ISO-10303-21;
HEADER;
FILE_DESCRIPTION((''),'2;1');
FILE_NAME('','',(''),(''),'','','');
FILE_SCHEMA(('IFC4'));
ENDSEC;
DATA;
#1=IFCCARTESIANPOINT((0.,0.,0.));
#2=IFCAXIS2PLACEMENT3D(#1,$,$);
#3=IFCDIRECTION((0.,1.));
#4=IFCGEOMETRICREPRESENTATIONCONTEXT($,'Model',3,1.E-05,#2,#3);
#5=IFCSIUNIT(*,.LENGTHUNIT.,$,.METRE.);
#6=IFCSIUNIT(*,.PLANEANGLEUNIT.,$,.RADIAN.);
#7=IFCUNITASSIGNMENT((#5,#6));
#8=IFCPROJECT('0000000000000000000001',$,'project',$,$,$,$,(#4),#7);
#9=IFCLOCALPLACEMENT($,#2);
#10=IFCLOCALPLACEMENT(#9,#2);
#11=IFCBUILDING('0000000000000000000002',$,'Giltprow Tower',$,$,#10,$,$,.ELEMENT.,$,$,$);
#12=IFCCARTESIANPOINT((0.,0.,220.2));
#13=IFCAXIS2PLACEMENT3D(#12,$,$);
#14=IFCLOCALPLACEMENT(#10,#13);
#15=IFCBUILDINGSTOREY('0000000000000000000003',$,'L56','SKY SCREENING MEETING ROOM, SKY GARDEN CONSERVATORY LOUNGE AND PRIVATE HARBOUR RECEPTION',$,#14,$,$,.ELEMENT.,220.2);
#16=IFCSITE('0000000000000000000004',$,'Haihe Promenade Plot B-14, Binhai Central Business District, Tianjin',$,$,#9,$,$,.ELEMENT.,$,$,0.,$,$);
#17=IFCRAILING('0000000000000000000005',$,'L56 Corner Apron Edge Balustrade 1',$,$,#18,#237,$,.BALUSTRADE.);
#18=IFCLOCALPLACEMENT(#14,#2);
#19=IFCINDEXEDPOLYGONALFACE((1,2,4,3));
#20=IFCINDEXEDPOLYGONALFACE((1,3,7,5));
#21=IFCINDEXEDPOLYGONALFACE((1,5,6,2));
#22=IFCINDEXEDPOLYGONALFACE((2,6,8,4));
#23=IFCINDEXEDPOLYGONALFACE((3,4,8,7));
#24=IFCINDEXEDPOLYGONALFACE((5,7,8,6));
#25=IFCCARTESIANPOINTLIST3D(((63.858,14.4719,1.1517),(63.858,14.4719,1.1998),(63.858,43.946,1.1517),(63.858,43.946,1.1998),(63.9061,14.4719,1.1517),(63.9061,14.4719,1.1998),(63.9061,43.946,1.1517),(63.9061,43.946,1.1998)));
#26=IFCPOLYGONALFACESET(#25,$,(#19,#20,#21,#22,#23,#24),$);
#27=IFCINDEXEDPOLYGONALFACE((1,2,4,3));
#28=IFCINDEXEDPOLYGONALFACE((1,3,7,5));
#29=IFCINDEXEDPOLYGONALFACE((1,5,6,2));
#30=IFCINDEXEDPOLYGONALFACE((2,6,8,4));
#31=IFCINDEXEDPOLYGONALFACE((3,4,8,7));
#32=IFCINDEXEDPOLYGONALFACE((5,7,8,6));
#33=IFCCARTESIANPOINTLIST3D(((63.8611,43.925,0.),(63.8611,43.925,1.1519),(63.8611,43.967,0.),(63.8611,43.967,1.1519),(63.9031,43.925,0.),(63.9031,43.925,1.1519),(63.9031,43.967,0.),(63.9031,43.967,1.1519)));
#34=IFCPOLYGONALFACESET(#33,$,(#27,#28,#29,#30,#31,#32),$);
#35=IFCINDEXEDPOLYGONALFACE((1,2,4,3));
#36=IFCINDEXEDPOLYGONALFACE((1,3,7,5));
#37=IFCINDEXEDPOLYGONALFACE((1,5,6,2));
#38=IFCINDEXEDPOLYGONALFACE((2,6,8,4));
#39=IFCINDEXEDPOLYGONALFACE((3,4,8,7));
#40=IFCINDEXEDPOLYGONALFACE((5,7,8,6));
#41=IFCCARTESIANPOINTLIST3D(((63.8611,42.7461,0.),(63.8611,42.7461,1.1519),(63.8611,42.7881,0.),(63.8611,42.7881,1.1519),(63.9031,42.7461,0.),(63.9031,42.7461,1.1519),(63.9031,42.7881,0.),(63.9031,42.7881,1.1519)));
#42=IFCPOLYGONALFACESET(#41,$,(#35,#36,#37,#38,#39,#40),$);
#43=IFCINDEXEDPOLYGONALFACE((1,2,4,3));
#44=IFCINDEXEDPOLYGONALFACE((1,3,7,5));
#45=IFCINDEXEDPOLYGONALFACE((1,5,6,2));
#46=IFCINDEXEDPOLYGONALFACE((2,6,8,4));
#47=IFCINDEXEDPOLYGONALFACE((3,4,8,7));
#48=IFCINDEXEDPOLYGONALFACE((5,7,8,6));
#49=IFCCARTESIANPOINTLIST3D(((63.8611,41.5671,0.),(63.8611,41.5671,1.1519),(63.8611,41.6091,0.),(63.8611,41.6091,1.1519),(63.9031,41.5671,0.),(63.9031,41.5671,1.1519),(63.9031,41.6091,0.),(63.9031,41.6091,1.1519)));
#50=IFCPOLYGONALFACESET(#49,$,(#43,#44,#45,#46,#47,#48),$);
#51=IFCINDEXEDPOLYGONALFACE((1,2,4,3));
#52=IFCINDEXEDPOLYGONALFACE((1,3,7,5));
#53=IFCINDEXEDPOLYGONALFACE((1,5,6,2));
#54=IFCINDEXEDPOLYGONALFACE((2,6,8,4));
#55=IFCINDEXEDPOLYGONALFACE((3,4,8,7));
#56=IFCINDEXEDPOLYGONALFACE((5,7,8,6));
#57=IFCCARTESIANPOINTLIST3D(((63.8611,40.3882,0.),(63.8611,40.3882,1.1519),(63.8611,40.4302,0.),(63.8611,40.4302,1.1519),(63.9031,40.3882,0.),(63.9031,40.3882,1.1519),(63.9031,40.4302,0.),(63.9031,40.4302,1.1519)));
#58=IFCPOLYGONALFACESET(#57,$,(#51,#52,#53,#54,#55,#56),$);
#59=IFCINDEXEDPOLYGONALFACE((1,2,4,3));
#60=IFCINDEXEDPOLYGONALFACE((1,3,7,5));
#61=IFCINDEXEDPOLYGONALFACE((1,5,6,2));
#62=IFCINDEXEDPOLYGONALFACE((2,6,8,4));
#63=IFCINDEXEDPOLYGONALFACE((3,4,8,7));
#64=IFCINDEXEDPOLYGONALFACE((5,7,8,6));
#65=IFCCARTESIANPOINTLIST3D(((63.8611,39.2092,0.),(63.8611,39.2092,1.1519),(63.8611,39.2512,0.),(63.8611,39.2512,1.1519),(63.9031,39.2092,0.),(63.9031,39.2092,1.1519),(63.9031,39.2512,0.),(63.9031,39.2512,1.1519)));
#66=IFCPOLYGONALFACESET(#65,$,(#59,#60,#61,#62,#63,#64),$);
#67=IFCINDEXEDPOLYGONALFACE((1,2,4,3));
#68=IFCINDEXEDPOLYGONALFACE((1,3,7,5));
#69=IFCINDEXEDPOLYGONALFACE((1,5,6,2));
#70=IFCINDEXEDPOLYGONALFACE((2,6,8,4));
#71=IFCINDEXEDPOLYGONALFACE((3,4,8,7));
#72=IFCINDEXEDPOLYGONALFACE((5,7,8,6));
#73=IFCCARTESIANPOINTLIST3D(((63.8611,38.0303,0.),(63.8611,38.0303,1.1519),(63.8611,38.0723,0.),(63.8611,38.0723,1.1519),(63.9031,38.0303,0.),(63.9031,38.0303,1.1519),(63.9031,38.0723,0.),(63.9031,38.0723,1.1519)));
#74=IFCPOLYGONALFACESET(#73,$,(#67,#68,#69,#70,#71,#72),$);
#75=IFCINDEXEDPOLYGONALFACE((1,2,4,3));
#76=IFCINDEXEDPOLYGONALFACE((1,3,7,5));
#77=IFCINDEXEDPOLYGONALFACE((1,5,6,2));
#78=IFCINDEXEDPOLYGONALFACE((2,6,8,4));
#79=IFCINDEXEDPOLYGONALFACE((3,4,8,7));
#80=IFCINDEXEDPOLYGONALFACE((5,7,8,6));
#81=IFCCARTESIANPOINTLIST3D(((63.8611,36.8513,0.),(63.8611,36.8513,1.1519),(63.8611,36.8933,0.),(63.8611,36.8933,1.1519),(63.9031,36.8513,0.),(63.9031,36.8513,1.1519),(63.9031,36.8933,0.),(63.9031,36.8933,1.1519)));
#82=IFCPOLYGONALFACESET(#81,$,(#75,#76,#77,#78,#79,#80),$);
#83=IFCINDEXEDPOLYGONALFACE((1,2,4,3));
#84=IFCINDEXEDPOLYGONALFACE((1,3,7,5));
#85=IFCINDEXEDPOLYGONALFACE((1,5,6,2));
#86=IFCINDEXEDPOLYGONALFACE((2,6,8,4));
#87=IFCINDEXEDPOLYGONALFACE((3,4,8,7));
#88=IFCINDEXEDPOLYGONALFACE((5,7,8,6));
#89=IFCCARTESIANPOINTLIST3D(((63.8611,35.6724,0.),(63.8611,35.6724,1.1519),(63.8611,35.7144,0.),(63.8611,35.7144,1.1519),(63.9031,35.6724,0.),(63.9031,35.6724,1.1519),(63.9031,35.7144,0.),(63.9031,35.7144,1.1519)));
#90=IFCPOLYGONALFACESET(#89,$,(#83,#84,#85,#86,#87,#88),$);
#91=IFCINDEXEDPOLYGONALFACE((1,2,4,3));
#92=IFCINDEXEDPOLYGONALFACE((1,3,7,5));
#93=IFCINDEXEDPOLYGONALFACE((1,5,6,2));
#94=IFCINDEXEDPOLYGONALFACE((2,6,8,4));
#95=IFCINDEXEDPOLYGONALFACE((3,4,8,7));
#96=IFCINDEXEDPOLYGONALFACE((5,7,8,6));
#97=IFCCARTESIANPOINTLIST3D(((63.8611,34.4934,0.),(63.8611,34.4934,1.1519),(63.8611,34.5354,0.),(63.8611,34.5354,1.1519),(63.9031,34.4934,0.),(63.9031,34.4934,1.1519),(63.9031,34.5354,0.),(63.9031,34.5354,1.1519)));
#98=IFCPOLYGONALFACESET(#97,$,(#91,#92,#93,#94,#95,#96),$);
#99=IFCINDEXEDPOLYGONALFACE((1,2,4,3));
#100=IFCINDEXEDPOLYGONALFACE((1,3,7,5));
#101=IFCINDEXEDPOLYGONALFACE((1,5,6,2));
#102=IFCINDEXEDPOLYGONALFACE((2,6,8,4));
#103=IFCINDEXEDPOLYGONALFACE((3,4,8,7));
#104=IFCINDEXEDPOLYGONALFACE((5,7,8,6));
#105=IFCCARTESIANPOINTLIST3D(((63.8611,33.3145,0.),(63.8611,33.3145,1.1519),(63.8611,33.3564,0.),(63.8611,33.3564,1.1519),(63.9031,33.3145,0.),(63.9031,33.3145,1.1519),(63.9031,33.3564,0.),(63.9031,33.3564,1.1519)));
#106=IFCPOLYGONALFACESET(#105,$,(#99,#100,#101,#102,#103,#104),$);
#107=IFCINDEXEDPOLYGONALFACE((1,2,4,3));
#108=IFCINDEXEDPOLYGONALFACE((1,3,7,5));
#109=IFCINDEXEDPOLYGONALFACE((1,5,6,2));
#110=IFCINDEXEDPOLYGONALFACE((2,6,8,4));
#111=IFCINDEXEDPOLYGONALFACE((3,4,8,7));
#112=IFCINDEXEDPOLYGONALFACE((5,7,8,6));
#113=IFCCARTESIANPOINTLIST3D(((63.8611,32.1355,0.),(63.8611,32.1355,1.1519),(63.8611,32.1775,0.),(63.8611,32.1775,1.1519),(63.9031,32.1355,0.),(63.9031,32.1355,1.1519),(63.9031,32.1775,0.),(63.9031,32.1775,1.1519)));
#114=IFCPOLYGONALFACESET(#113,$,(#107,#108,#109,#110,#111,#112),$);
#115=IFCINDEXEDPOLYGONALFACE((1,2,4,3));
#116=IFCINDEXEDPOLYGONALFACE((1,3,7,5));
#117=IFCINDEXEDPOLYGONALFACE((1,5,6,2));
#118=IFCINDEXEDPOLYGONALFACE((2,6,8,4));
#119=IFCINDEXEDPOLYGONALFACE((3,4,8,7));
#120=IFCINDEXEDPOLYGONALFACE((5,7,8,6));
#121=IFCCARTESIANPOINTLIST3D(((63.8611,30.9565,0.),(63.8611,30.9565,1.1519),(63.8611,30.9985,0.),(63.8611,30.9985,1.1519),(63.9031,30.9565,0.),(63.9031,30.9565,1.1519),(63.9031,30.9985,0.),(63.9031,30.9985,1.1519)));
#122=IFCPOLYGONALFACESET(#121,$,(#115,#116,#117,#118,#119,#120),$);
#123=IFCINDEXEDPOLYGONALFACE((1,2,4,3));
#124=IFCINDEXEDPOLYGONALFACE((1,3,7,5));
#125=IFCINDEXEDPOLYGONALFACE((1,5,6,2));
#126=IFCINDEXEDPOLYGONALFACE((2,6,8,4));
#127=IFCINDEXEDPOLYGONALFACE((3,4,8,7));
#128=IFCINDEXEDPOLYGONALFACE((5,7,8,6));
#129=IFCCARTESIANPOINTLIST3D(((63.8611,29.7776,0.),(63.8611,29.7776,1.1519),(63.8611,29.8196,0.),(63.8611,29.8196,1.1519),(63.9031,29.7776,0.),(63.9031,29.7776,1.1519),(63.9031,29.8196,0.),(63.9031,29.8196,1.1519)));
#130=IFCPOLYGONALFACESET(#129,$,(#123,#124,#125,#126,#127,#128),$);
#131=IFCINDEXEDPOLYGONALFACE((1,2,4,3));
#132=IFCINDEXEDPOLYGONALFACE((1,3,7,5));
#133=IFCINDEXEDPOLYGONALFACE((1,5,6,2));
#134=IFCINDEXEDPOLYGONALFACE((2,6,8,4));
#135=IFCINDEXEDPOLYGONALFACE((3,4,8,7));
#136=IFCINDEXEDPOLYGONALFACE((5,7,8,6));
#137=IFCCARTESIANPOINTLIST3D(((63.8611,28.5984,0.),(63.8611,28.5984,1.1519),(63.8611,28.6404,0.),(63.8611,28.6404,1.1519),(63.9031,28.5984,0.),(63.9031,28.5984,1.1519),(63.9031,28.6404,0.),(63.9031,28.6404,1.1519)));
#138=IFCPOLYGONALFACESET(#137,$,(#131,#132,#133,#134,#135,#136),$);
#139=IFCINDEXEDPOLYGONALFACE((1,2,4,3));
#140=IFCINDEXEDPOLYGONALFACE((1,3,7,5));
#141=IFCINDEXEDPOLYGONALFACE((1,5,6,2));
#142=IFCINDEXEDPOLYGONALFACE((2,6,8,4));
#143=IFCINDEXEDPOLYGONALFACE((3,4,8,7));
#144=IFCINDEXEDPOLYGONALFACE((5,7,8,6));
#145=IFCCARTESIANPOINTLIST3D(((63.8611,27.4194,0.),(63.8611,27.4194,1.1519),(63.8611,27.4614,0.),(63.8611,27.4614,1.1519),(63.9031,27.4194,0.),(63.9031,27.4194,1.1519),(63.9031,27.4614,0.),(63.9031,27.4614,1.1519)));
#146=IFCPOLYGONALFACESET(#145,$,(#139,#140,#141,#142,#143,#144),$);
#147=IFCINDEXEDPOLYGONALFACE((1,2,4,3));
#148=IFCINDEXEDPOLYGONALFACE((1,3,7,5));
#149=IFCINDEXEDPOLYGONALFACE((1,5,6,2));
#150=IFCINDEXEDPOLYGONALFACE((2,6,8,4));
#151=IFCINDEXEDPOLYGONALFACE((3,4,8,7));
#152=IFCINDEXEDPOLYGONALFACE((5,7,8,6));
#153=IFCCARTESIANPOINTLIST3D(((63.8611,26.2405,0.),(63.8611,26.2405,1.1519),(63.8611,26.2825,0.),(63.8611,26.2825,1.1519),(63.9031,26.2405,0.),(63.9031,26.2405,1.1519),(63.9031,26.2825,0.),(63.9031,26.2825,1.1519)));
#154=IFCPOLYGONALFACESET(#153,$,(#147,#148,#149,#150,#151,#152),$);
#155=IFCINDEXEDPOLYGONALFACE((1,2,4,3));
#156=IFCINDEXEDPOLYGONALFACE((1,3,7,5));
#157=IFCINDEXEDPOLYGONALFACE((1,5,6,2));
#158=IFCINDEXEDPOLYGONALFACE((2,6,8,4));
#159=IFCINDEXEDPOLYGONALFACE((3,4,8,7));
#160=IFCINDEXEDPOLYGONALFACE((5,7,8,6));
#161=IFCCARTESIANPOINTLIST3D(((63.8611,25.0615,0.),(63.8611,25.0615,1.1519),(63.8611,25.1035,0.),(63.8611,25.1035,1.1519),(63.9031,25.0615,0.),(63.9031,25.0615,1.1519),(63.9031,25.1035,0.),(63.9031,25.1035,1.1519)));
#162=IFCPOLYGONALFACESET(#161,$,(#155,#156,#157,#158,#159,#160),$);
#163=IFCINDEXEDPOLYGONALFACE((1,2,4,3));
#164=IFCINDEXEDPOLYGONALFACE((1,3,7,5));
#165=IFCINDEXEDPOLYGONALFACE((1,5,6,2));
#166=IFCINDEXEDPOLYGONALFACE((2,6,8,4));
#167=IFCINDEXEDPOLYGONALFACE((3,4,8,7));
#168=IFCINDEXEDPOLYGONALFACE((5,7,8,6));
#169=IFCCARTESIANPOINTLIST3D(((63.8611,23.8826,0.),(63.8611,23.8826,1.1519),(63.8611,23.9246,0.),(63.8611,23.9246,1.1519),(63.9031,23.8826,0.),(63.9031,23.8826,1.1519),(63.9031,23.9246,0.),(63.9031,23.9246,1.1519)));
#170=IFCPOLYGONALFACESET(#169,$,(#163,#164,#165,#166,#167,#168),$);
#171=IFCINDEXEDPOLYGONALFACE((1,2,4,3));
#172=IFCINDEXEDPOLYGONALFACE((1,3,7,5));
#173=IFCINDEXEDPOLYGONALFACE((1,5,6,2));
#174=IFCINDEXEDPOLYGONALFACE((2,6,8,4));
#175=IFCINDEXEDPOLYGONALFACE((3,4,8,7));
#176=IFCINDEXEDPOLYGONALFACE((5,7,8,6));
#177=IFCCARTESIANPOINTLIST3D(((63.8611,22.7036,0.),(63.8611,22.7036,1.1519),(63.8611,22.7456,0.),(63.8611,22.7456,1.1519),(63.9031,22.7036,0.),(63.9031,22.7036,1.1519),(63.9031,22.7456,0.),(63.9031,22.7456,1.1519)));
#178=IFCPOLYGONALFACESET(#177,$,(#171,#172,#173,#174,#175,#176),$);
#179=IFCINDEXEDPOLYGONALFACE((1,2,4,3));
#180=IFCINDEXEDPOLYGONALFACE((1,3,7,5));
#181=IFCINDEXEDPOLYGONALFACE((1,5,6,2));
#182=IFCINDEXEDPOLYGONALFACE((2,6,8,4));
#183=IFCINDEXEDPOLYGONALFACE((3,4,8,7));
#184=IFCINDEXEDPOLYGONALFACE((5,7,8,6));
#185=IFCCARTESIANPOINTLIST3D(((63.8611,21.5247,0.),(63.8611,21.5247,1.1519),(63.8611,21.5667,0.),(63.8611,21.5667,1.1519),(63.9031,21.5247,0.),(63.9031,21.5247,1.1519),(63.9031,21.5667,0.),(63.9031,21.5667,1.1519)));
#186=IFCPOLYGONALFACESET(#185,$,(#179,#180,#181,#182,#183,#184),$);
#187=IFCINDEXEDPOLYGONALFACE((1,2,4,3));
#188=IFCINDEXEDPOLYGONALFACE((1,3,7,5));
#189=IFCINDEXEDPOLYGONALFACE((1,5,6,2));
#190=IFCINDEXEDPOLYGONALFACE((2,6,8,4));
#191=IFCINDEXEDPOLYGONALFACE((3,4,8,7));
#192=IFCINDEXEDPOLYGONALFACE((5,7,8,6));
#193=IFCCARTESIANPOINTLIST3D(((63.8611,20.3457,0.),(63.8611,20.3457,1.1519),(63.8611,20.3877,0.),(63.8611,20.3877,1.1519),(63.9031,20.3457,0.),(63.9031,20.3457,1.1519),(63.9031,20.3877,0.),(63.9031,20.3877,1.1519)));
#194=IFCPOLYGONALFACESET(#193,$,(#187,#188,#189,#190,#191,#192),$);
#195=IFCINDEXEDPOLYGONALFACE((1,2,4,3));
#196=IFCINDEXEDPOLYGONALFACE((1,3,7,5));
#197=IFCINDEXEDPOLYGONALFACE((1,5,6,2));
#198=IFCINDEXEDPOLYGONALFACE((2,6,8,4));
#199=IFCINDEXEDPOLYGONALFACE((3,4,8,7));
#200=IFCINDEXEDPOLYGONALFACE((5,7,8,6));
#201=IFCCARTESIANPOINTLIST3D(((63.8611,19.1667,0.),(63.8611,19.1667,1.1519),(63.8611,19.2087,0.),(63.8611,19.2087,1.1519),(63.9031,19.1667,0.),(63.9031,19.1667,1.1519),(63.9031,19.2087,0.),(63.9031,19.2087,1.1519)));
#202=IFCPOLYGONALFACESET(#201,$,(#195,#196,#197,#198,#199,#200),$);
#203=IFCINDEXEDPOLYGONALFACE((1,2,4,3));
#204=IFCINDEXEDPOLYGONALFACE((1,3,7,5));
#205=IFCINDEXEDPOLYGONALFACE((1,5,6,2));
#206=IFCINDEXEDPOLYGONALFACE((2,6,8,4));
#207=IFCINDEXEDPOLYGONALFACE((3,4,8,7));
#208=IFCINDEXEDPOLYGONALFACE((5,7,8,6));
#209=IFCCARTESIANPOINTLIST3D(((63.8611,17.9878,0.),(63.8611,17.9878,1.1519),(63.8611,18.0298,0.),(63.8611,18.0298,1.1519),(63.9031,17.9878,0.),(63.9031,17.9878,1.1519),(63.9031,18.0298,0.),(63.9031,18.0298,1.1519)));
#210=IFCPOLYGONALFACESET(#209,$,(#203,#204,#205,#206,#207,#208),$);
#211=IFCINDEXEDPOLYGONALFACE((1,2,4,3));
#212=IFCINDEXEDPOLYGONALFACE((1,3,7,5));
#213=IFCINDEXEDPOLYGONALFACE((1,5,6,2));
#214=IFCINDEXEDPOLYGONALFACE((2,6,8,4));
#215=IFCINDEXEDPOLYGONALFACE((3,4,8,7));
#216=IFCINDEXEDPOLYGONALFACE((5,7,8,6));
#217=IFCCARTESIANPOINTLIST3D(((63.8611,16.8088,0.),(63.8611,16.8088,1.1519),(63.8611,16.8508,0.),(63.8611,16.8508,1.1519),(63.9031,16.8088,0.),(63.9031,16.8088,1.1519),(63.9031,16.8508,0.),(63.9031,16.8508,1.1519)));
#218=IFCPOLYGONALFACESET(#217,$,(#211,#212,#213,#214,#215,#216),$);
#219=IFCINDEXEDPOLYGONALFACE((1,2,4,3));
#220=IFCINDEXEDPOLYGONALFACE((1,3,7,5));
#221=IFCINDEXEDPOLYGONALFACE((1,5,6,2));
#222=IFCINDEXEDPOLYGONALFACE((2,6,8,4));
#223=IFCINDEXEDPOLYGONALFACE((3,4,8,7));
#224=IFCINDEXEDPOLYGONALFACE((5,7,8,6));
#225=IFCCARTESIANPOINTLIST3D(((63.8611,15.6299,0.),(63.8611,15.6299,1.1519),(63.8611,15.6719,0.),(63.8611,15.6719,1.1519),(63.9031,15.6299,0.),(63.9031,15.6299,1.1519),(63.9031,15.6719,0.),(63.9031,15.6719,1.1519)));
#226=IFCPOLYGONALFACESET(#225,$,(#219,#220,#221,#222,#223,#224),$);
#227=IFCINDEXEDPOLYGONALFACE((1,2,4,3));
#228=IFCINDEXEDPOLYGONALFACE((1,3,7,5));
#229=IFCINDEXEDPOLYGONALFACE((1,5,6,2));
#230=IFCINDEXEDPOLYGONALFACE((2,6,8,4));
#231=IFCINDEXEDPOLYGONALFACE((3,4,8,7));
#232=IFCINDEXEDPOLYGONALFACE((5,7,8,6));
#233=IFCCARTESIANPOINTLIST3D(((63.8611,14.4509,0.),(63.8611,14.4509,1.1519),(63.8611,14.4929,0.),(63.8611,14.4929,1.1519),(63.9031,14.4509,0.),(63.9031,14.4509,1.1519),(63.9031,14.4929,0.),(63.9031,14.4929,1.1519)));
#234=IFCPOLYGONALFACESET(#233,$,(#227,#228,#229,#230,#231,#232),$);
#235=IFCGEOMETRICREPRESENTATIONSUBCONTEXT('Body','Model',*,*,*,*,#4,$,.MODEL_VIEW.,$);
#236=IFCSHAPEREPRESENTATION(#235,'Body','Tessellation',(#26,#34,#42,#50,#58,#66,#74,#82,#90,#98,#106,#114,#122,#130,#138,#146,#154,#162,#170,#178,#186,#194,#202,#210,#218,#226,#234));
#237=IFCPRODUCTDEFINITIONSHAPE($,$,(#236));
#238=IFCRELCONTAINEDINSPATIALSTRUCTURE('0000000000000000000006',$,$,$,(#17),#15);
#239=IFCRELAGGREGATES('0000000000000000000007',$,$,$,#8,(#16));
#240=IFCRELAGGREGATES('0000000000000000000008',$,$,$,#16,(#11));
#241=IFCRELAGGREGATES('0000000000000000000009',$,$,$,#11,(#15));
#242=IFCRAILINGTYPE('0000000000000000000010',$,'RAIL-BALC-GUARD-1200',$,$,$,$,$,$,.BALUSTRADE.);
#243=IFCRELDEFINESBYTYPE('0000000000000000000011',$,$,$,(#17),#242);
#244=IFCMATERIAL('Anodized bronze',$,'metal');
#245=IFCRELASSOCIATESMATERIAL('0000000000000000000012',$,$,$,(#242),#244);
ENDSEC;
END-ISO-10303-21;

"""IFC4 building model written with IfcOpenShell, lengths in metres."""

from ifc_helpers import new_model, si_unit, direction, frame, origin, origin_2d, place, context, subcontext, project, spatial, rectangle, extrude, material, type_object, element, save


model = new_model("IFC4")

# Units and contexts
model_context = context("Model", 3, precision=1e-05, world=origin(), true_north=direction((0.0, 1.0)))
body_context = subcontext(model_context, "Body", "Model", "MODEL_VIEW")
ifc_project = project(units=[si_unit("LENGTHUNIT", "METRE"), si_unit("PLANEANGLEUNIT", "RADIAN")], contexts=[model_context])

# Site, building, storey
site_placement = place(None, origin())
site = spatial("IfcSite", under=ifc_project, at=site_placement, Name="Haihe Promenade Plot B-14, Binhai Central Business District, Tianjin", CompositionType="ELEMENT", RefElevation=0.0)
building_placement = place(site_placement, origin())
building = spatial("IfcBuilding", under=site, at=building_placement, Name="Giltprow Tower", CompositionType="ELEMENT")
storey_placement = place(building_placement, frame((0.0, 0.0, 220.2)))
storey = spatial("IfcBuildingStorey", under=building, at=storey_placement, Name="L56", Description="SKY SCREENING MEETING ROOM, SKY GARDEN CONSERVATORY LOUNGE AND PRIVATE HARBOUR RECEPTION", CompositionType="ELEMENT", Elevation=220.2)

# Railing
ifc_material_1 = material(Name="Anodized bronze", Category="metal")
railing_type_1 = type_object("IfcRailingType", Name="RAIL-BALC-GUARD-1200", PredefinedType="BALUSTRADE", material=ifc_material_1)
railing_1_placement = place(storey_placement, frame((63.8821, 43.946, 0.0)))
element("IfcRailing", 1, at=railing_1_placement, inside=storey, type_object=railing_type_1, Name="L56 Corner Apron Edge Balustrade 1", PredefinedType="BALUSTRADE", context=body_context, shape_type="SweptSolid", body=[
    extrude(rectangle(XDim=0.0481, YDim=0.0481, at=origin_2d()), frame((0.0, 0.0, 1.1758), z_axis=(0.0, -1.0, 0.0), x_axis=(1.0, 0.0, 0.0)), (0.0, 0.0, 1.0), 29.4741),
    extrude(rectangle(XDim=0.042, YDim=0.042, at=origin_2d()), origin(), (0.0, 0.0, 1.0), 1.1519),
    extrude(rectangle(XDim=0.042, YDim=0.042, at=origin_2d()), frame((0.0, -1.179, 0.0)), (0.0, 0.0, 1.0), 1.1519),
    extrude(rectangle(XDim=0.042, YDim=0.042, at=origin_2d()), frame((0.0, -2.3579, 0.0)), (0.0, 0.0, 1.0), 1.1519),
    extrude(rectangle(XDim=0.042, YDim=0.042, at=origin_2d()), frame((0.0, -3.5369, 0.0)), (0.0, 0.0, 1.0), 1.1519),
    extrude(rectangle(XDim=0.042, YDim=0.042, at=origin_2d()), frame((0.0, -4.7158, 0.0)), (0.0, 0.0, 1.0), 1.1519),
    extrude(rectangle(XDim=0.042, YDim=0.042, at=origin_2d()), frame((0.0, -5.8948, 0.0)), (0.0, 0.0, 1.0), 1.1519),
    extrude(rectangle(XDim=0.042, YDim=0.042, at=origin_2d()), frame((0.0, -7.0737, 0.0)), (0.0, 0.0, 1.0), 1.1519),
    extrude(rectangle(XDim=0.042, YDim=0.042, at=origin_2d()), frame((0.0, -8.2527, 0.0)), (0.0, 0.0, 1.0), 1.1519),
    extrude(rectangle(XDim=0.042, YDim=0.042, at=origin_2d()), frame((0.0, -9.4316, 0.0)), (0.0, 0.0, 1.0), 1.1519),
    extrude(rectangle(XDim=0.042, YDim=0.042, at=origin_2d()), frame((0.0, -10.6106, 0.0)), (0.0, 0.0, 1.0), 1.1519),
    extrude(rectangle(XDim=0.042, YDim=0.042, at=origin_2d()), frame((0.0, -11.7896, 0.0)), (0.0, 0.0, 1.0), 1.1519),
    extrude(rectangle(XDim=0.042, YDim=0.042, at=origin_2d()), frame((0.0, -12.9685, 0.0)), (0.0, 0.0, 1.0), 1.1519),
    extrude(rectangle(XDim=0.042, YDim=0.042, at=origin_2d()), frame((0.0, -14.1475, 0.0)), (0.0, 0.0, 1.0), 1.1519),
    extrude(rectangle(XDim=0.042, YDim=0.042, at=origin_2d()), frame((0.0, -15.3267, 0.0)), (0.0, 0.0, 1.0), 1.1519),
    extrude(rectangle(XDim=0.042, YDim=0.042, at=origin_2d()), frame((0.0, -16.5056, 0.0)), (0.0, 0.0, 1.0), 1.1519),
    extrude(rectangle(XDim=0.042, YDim=0.042, at=origin_2d()), frame((0.0, -17.6846, 0.0)), (0.0, 0.0, 1.0), 1.1519),
    extrude(rectangle(XDim=0.042, YDim=0.042, at=origin_2d()), frame((0.0, -18.8635, 0.0)), (0.0, 0.0, 1.0), 1.1519),
    extrude(rectangle(XDim=0.042, YDim=0.042, at=origin_2d()), frame((0.0, -20.0425, 0.0)), (0.0, 0.0, 1.0), 1.1519),
    extrude(rectangle(XDim=0.042, YDim=0.042, at=origin_2d()), frame((0.0, -21.2214, 0.0)), (0.0, 0.0, 1.0), 1.1519),
    extrude(rectangle(XDim=0.042, YDim=0.042, at=origin_2d()), frame((0.0, -22.4004, 0.0)), (0.0, 0.0, 1.0), 1.1519),
    extrude(rectangle(XDim=0.042, YDim=0.042, at=origin_2d()), frame((0.0, -23.5793, 0.0)), (0.0, 0.0, 1.0), 1.1519),
    extrude(rectangle(XDim=0.042, YDim=0.042, at=origin_2d()), frame((0.0, -24.7583, 0.0)), (0.0, 0.0, 1.0), 1.1519),
    extrude(rectangle(XDim=0.042, YDim=0.042, at=origin_2d()), frame((0.0, -25.9373, 0.0)), (0.0, 0.0, 1.0), 1.1519),
    extrude(rectangle(XDim=0.042, YDim=0.042, at=origin_2d()), frame((0.0, -27.1162, 0.0)), (0.0, 0.0, 1.0), 1.1519),
    extrude(rectangle(XDim=0.042, YDim=0.042, at=origin_2d()), frame((0.0, -28.2952, 0.0)), (0.0, 0.0, 1.0), 1.1519),
    extrude(rectangle(XDim=0.042, YDim=0.042, at=origin_2d()), frame((0.0, -29.4741, 0.0)), (0.0, 0.0, 1.0), 1.1519),
])

save(model, "model.ifc")
